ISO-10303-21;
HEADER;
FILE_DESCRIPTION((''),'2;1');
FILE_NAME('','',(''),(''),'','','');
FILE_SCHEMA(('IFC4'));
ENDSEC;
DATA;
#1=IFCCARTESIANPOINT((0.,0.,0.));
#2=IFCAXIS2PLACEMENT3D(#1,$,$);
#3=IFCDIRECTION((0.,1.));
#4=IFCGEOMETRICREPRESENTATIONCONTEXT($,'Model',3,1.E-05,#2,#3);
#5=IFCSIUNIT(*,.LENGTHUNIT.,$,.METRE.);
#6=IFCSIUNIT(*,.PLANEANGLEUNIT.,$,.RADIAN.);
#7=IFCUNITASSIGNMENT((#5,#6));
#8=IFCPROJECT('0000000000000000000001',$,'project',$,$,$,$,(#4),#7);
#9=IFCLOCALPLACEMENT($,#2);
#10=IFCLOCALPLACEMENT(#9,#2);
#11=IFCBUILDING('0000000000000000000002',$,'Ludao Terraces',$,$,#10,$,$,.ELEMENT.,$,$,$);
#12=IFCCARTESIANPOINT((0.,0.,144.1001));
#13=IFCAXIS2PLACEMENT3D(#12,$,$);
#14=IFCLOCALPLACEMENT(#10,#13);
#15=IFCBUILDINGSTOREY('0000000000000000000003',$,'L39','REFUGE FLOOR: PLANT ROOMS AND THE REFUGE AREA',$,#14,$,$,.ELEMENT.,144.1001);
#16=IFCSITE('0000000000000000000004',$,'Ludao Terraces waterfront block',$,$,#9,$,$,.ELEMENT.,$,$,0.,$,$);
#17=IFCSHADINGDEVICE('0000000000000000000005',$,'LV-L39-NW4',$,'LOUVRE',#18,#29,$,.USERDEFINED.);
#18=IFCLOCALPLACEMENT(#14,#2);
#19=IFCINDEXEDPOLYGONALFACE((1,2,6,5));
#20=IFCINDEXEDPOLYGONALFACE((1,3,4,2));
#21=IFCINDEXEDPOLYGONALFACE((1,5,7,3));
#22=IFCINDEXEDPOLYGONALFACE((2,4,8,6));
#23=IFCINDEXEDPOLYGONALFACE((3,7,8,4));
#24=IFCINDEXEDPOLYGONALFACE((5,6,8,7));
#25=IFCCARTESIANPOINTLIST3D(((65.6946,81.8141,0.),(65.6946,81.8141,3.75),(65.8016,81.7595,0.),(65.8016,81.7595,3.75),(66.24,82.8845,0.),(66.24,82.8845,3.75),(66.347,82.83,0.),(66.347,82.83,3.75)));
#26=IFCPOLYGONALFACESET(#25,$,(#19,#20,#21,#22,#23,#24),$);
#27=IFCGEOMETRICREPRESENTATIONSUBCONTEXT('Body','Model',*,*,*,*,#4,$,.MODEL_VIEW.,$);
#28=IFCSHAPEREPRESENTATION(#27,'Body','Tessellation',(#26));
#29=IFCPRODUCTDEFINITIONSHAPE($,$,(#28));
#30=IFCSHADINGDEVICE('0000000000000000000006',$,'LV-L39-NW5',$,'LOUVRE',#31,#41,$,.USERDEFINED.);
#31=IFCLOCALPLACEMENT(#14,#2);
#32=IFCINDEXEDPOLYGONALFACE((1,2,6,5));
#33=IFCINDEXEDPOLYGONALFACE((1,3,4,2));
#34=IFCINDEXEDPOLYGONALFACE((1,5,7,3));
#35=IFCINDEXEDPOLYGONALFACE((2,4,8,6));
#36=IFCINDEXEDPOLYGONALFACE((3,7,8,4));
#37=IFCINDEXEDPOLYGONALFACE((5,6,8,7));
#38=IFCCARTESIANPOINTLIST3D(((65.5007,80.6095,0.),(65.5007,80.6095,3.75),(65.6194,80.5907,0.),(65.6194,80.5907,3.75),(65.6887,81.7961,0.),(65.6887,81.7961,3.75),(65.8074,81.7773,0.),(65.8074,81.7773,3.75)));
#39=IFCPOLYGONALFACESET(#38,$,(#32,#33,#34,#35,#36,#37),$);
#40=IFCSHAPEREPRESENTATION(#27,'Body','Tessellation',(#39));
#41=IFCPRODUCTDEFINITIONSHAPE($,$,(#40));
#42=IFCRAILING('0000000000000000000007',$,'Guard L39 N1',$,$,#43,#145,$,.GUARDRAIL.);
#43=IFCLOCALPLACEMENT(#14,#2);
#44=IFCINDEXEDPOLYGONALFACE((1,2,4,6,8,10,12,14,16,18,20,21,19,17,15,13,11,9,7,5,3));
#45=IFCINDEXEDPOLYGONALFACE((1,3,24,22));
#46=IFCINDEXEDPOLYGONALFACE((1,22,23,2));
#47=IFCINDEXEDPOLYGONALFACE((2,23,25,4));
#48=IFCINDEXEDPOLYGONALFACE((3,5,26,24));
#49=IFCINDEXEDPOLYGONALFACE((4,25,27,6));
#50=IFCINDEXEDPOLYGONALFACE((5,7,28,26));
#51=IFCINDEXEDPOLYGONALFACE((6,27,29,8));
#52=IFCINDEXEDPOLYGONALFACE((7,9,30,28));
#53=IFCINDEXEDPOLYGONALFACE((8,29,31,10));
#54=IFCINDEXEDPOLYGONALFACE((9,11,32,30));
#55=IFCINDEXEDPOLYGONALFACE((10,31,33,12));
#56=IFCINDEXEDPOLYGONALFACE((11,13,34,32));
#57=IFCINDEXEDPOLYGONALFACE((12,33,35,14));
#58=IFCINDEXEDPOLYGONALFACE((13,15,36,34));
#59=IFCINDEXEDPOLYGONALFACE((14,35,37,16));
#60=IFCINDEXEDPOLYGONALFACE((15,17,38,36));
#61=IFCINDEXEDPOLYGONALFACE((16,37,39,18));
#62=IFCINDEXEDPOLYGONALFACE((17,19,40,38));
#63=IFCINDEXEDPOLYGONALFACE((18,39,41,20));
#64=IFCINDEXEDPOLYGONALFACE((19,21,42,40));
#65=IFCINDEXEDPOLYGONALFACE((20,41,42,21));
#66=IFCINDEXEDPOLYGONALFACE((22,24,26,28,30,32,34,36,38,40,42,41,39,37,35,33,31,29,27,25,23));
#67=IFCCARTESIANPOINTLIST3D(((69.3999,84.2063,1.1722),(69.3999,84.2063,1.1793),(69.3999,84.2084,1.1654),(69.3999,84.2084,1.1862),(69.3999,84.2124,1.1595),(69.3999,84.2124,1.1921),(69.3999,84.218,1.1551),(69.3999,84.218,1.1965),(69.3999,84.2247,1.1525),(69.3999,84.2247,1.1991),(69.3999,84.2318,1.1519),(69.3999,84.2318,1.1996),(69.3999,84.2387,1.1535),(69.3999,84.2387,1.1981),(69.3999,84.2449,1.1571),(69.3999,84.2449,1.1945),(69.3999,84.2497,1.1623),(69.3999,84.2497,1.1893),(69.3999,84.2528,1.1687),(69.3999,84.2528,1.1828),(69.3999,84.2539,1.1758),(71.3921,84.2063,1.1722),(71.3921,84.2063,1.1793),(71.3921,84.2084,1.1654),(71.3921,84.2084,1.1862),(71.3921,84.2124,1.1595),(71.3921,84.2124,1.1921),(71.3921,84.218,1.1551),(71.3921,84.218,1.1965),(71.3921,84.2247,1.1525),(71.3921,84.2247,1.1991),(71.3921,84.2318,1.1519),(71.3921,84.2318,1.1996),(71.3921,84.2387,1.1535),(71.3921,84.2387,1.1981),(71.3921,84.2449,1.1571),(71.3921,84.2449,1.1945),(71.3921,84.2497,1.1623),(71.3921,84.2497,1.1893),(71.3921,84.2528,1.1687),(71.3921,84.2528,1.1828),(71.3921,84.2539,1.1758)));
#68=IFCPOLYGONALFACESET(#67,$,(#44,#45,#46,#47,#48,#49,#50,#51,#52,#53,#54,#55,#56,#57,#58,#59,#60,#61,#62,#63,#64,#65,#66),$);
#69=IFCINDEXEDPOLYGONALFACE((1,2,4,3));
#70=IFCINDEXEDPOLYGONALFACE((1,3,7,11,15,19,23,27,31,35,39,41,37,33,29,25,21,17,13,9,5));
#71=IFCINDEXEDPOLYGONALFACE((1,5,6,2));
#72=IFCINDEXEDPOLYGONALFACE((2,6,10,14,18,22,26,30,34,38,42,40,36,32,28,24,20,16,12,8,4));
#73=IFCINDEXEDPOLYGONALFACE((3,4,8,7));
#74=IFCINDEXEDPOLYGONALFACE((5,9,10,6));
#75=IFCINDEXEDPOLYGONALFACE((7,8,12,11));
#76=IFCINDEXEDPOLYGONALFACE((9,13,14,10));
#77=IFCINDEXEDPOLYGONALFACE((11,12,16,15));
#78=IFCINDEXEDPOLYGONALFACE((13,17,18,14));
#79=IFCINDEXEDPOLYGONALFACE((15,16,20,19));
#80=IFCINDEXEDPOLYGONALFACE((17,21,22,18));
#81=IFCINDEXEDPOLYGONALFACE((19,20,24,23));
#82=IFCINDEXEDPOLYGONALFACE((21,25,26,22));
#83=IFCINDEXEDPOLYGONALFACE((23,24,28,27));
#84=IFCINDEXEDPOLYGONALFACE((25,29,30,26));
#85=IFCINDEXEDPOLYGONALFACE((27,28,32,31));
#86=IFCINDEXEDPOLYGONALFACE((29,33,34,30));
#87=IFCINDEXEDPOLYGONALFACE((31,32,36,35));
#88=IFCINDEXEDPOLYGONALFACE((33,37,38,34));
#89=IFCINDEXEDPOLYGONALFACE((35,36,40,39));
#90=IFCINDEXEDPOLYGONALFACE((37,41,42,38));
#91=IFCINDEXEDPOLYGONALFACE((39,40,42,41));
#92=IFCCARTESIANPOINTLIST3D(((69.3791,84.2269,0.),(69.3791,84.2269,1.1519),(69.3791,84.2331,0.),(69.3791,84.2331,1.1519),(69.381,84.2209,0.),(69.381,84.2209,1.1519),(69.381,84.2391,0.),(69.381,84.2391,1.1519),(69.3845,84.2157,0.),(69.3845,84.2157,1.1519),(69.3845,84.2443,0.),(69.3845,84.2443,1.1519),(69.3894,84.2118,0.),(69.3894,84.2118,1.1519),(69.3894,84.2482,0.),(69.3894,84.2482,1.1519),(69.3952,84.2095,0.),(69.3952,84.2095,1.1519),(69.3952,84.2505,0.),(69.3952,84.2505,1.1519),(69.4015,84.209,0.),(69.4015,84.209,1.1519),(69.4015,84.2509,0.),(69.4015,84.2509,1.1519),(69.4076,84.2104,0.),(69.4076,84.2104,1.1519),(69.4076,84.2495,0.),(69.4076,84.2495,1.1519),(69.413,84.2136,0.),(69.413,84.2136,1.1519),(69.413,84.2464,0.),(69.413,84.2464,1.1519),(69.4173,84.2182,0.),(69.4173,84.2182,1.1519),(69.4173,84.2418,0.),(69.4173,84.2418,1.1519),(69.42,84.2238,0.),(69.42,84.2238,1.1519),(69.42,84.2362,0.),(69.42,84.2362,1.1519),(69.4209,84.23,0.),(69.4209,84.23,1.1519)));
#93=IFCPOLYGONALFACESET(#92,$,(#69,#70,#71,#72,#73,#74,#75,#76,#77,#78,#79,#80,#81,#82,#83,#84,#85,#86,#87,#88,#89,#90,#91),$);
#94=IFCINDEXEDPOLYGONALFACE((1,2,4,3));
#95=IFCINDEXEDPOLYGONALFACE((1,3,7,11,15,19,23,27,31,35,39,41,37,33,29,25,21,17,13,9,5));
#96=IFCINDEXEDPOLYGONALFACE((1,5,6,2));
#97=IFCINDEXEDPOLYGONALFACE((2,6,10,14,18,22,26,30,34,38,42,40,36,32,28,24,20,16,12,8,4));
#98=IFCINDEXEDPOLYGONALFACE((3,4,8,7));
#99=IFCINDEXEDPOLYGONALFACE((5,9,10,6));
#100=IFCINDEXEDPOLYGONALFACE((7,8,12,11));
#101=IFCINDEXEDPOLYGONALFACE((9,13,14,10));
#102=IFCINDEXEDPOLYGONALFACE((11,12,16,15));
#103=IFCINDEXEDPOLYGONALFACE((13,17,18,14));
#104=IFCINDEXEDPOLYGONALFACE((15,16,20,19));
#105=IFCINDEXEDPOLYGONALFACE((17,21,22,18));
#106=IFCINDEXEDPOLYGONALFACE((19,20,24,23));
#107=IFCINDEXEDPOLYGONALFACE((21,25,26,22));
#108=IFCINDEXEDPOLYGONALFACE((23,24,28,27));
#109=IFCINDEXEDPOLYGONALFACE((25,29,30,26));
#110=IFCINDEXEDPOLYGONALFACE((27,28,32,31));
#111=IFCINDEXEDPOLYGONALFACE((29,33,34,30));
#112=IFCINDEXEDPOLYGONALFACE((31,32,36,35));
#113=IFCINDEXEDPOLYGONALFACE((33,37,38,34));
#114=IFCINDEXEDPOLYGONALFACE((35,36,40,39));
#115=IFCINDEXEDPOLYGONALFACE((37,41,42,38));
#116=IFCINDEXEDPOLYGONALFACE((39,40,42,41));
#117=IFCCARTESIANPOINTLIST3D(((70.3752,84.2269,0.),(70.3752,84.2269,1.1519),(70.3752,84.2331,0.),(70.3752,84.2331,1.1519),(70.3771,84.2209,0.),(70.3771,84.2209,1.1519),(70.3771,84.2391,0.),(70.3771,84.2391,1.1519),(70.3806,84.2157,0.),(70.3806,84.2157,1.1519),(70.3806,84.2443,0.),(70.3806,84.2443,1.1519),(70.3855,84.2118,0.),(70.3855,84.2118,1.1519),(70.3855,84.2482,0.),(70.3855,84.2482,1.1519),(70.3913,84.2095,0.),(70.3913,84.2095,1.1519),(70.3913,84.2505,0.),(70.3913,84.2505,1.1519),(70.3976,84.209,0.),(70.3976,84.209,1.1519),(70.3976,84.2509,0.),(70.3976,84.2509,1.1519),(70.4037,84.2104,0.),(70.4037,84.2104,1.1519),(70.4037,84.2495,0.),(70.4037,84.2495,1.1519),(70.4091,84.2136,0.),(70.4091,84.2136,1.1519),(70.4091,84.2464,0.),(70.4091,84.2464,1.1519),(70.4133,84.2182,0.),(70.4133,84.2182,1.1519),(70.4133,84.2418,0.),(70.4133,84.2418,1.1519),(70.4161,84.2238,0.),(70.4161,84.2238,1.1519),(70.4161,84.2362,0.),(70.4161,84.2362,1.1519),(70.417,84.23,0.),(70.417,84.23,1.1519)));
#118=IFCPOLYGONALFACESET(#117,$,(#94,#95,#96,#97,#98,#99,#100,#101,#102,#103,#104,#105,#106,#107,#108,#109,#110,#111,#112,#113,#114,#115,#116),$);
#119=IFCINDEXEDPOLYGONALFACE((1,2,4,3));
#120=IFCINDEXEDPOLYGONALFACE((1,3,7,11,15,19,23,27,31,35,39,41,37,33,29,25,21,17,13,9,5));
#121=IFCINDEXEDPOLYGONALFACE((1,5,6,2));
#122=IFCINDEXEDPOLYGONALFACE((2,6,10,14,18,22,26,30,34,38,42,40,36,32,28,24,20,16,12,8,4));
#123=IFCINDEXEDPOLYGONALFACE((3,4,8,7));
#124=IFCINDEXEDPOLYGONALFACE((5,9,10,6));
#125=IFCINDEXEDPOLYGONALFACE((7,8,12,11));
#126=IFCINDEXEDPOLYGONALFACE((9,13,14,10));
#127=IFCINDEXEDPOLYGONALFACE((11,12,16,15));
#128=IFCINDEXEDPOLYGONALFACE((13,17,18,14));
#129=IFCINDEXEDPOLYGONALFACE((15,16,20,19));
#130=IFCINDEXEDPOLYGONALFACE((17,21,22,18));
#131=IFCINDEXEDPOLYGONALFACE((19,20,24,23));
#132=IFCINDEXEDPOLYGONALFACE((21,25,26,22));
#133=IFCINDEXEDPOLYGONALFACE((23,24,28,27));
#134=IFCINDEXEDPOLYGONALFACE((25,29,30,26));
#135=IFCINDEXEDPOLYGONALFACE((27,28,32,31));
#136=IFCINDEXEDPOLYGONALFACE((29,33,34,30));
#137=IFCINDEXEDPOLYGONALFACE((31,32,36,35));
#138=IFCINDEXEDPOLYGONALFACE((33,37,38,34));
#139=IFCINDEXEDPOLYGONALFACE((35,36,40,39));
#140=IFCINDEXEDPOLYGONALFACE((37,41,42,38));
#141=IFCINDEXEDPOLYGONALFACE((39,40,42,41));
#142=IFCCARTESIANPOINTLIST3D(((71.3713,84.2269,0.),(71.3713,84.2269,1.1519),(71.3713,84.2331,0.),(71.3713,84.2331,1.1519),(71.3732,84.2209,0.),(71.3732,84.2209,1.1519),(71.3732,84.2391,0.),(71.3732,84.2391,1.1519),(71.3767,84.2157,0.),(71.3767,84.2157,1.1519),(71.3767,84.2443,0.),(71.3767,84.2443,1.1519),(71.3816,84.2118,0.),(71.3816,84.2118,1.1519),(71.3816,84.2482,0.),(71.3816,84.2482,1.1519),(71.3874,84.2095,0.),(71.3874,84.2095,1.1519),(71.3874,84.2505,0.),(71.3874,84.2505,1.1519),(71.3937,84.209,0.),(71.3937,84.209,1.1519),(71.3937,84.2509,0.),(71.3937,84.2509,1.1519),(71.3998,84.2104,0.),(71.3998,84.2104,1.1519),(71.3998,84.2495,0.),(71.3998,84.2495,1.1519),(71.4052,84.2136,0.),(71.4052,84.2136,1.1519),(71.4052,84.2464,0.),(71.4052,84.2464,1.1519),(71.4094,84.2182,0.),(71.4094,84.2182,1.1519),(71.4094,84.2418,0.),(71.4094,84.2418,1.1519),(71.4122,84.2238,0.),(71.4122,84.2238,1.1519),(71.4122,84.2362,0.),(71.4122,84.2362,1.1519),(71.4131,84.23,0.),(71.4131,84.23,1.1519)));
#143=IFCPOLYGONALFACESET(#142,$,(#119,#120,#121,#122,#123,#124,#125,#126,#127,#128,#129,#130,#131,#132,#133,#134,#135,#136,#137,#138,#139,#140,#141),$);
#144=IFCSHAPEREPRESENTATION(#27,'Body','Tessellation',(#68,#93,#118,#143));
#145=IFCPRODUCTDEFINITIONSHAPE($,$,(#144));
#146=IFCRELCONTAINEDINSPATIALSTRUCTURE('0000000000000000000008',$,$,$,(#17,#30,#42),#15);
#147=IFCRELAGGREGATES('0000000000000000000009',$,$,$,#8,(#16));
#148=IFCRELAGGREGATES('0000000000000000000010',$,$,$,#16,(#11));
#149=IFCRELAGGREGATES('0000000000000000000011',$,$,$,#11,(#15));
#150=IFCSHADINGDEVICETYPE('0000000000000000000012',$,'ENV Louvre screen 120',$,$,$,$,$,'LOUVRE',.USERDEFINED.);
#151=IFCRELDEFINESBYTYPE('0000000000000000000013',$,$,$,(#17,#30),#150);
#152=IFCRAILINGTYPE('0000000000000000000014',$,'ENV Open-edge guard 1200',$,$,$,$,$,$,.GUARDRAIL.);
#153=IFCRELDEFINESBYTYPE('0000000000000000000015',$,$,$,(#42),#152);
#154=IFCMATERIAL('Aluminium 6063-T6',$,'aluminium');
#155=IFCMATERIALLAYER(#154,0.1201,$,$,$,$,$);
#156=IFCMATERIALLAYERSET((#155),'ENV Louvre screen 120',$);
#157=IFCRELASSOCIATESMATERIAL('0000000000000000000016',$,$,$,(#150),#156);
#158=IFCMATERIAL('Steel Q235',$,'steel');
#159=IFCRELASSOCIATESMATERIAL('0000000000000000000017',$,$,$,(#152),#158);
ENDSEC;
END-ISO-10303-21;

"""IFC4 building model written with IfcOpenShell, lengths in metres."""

from ifc_helpers import new_model, si_unit, direction, frame, frame_2d, origin, origin_2d, place, context, subcontext, project, spatial, rectangle, circle, extrude, material, layer, layer_set, type_object, element, save


model = new_model("IFC4")

# Units and contexts
model_context = context("Model", 3, precision=1e-05, world=origin(), true_north=direction((0.0, 1.0)))
body_context = subcontext(model_context, "Body", "Model", "MODEL_VIEW")
ifc_project = project(units=[si_unit("LENGTHUNIT", "METRE"), si_unit("PLANEANGLEUNIT", "RADIAN")], contexts=[model_context])

# Site, building, storey
site_placement = place(None, origin())
site = spatial("IfcSite", under=ifc_project, at=site_placement, Name="Ludao Terraces waterfront block", CompositionType="ELEMENT", RefElevation=0.0)
building_placement = place(site_placement, origin())
building = spatial("IfcBuilding", under=site, at=building_placement, Name="Ludao Terraces", CompositionType="ELEMENT")
storey_placement = place(building_placement, frame((0.0, 0.0, 144.1001)))
storey = spatial("IfcBuildingStorey", under=building, at=storey_placement, Name="L39", Description="REFUGE FLOOR: PLANT ROOMS AND THE REFUGE AREA", CompositionType="ELEMENT", Elevation=144.1001)

# Shared definitions
ifc_material_1 = material(Name="Steel Q235", Category="steel")

# Shading devices
ifc_material_2 = material(Name="Aluminium 6063-T6", Category="aluminium")
ifc_layer_1 = layer(ifc_material_2, 0.1201)
ifc_layer_set_1 = layer_set([ifc_layer_1], Name="ENV Louvre screen 120")
shading_device_type = type_object("IfcShadingDeviceType", Name="ENV Louvre screen 120", ElementType="LOUVRE", PredefinedType="USERDEFINED", material=ifc_layer_set_1)
for number, where, z_axis, x_axis, name in (
    (1, (66.2935, 82.8572, 0.0), (0.0, 0.0, 1.0), (-0.453947, -0.891029, 0.0), "LV-L39-NW4"),
    (2, (65.748, 81.7866, 0.0), (0.0, 0.0, 1.0), (-0.156484, -0.98768, 0.0), "LV-L39-NW5"),
):
    element("IfcShadingDevice", number, at=place(storey_placement, frame(where, z_axis=z_axis, x_axis=x_axis)), inside=storey, type_object=shading_device_type, Name=name, ObjectType="LOUVRE", PredefinedType="USERDEFINED", context=body_context, shape_type="SweptSolid", body=[
        extrude(rectangle(XDim=1.2014, YDim=0.1201, at=frame_2d((0.6006, 0.0))), origin(), (0.0, 0.0, 1.0), 3.75),
    ])

# Railing
railing_type_1 = type_object("IfcRailingType", Name="ENV Open-edge guard 1200", PredefinedType="GUARDRAIL", material=ifc_material_1)
railing_1_placement = place(storey_placement, frame((69.3999, 84.23, 0.0)))
element("IfcRailing", 3, at=railing_1_placement, inside=storey, type_object=railing_type_1, Name="Guard L39 N1", PredefinedType="GUARDRAIL", context=body_context, shape_type="SweptSolid", body=[
    extrude(circle(Radius=0.0239, at=origin_2d()), frame((0.0, 0.0, 1.1758), z_axis=(1.0, 0.0, 0.0), x_axis=(0.0, 1.0, 0.0)), (0.0, 0.0, 1.0), 1.9922),
    extrude(circle(Radius=0.021, at=origin_2d()), origin(), (0.0, 0.0, 1.0), 1.1519),
    extrude(circle(Radius=0.021, at=origin_2d()), frame((0.9961, 0.0, 0.0)), (0.0, 0.0, 1.0), 1.1519),
    extrude(circle(Radius=0.021, at=origin_2d()), frame((1.9922, 0.0, 0.0)), (0.0, 0.0, 1.0), 1.1519),
])

save(model, "model.ifc")
